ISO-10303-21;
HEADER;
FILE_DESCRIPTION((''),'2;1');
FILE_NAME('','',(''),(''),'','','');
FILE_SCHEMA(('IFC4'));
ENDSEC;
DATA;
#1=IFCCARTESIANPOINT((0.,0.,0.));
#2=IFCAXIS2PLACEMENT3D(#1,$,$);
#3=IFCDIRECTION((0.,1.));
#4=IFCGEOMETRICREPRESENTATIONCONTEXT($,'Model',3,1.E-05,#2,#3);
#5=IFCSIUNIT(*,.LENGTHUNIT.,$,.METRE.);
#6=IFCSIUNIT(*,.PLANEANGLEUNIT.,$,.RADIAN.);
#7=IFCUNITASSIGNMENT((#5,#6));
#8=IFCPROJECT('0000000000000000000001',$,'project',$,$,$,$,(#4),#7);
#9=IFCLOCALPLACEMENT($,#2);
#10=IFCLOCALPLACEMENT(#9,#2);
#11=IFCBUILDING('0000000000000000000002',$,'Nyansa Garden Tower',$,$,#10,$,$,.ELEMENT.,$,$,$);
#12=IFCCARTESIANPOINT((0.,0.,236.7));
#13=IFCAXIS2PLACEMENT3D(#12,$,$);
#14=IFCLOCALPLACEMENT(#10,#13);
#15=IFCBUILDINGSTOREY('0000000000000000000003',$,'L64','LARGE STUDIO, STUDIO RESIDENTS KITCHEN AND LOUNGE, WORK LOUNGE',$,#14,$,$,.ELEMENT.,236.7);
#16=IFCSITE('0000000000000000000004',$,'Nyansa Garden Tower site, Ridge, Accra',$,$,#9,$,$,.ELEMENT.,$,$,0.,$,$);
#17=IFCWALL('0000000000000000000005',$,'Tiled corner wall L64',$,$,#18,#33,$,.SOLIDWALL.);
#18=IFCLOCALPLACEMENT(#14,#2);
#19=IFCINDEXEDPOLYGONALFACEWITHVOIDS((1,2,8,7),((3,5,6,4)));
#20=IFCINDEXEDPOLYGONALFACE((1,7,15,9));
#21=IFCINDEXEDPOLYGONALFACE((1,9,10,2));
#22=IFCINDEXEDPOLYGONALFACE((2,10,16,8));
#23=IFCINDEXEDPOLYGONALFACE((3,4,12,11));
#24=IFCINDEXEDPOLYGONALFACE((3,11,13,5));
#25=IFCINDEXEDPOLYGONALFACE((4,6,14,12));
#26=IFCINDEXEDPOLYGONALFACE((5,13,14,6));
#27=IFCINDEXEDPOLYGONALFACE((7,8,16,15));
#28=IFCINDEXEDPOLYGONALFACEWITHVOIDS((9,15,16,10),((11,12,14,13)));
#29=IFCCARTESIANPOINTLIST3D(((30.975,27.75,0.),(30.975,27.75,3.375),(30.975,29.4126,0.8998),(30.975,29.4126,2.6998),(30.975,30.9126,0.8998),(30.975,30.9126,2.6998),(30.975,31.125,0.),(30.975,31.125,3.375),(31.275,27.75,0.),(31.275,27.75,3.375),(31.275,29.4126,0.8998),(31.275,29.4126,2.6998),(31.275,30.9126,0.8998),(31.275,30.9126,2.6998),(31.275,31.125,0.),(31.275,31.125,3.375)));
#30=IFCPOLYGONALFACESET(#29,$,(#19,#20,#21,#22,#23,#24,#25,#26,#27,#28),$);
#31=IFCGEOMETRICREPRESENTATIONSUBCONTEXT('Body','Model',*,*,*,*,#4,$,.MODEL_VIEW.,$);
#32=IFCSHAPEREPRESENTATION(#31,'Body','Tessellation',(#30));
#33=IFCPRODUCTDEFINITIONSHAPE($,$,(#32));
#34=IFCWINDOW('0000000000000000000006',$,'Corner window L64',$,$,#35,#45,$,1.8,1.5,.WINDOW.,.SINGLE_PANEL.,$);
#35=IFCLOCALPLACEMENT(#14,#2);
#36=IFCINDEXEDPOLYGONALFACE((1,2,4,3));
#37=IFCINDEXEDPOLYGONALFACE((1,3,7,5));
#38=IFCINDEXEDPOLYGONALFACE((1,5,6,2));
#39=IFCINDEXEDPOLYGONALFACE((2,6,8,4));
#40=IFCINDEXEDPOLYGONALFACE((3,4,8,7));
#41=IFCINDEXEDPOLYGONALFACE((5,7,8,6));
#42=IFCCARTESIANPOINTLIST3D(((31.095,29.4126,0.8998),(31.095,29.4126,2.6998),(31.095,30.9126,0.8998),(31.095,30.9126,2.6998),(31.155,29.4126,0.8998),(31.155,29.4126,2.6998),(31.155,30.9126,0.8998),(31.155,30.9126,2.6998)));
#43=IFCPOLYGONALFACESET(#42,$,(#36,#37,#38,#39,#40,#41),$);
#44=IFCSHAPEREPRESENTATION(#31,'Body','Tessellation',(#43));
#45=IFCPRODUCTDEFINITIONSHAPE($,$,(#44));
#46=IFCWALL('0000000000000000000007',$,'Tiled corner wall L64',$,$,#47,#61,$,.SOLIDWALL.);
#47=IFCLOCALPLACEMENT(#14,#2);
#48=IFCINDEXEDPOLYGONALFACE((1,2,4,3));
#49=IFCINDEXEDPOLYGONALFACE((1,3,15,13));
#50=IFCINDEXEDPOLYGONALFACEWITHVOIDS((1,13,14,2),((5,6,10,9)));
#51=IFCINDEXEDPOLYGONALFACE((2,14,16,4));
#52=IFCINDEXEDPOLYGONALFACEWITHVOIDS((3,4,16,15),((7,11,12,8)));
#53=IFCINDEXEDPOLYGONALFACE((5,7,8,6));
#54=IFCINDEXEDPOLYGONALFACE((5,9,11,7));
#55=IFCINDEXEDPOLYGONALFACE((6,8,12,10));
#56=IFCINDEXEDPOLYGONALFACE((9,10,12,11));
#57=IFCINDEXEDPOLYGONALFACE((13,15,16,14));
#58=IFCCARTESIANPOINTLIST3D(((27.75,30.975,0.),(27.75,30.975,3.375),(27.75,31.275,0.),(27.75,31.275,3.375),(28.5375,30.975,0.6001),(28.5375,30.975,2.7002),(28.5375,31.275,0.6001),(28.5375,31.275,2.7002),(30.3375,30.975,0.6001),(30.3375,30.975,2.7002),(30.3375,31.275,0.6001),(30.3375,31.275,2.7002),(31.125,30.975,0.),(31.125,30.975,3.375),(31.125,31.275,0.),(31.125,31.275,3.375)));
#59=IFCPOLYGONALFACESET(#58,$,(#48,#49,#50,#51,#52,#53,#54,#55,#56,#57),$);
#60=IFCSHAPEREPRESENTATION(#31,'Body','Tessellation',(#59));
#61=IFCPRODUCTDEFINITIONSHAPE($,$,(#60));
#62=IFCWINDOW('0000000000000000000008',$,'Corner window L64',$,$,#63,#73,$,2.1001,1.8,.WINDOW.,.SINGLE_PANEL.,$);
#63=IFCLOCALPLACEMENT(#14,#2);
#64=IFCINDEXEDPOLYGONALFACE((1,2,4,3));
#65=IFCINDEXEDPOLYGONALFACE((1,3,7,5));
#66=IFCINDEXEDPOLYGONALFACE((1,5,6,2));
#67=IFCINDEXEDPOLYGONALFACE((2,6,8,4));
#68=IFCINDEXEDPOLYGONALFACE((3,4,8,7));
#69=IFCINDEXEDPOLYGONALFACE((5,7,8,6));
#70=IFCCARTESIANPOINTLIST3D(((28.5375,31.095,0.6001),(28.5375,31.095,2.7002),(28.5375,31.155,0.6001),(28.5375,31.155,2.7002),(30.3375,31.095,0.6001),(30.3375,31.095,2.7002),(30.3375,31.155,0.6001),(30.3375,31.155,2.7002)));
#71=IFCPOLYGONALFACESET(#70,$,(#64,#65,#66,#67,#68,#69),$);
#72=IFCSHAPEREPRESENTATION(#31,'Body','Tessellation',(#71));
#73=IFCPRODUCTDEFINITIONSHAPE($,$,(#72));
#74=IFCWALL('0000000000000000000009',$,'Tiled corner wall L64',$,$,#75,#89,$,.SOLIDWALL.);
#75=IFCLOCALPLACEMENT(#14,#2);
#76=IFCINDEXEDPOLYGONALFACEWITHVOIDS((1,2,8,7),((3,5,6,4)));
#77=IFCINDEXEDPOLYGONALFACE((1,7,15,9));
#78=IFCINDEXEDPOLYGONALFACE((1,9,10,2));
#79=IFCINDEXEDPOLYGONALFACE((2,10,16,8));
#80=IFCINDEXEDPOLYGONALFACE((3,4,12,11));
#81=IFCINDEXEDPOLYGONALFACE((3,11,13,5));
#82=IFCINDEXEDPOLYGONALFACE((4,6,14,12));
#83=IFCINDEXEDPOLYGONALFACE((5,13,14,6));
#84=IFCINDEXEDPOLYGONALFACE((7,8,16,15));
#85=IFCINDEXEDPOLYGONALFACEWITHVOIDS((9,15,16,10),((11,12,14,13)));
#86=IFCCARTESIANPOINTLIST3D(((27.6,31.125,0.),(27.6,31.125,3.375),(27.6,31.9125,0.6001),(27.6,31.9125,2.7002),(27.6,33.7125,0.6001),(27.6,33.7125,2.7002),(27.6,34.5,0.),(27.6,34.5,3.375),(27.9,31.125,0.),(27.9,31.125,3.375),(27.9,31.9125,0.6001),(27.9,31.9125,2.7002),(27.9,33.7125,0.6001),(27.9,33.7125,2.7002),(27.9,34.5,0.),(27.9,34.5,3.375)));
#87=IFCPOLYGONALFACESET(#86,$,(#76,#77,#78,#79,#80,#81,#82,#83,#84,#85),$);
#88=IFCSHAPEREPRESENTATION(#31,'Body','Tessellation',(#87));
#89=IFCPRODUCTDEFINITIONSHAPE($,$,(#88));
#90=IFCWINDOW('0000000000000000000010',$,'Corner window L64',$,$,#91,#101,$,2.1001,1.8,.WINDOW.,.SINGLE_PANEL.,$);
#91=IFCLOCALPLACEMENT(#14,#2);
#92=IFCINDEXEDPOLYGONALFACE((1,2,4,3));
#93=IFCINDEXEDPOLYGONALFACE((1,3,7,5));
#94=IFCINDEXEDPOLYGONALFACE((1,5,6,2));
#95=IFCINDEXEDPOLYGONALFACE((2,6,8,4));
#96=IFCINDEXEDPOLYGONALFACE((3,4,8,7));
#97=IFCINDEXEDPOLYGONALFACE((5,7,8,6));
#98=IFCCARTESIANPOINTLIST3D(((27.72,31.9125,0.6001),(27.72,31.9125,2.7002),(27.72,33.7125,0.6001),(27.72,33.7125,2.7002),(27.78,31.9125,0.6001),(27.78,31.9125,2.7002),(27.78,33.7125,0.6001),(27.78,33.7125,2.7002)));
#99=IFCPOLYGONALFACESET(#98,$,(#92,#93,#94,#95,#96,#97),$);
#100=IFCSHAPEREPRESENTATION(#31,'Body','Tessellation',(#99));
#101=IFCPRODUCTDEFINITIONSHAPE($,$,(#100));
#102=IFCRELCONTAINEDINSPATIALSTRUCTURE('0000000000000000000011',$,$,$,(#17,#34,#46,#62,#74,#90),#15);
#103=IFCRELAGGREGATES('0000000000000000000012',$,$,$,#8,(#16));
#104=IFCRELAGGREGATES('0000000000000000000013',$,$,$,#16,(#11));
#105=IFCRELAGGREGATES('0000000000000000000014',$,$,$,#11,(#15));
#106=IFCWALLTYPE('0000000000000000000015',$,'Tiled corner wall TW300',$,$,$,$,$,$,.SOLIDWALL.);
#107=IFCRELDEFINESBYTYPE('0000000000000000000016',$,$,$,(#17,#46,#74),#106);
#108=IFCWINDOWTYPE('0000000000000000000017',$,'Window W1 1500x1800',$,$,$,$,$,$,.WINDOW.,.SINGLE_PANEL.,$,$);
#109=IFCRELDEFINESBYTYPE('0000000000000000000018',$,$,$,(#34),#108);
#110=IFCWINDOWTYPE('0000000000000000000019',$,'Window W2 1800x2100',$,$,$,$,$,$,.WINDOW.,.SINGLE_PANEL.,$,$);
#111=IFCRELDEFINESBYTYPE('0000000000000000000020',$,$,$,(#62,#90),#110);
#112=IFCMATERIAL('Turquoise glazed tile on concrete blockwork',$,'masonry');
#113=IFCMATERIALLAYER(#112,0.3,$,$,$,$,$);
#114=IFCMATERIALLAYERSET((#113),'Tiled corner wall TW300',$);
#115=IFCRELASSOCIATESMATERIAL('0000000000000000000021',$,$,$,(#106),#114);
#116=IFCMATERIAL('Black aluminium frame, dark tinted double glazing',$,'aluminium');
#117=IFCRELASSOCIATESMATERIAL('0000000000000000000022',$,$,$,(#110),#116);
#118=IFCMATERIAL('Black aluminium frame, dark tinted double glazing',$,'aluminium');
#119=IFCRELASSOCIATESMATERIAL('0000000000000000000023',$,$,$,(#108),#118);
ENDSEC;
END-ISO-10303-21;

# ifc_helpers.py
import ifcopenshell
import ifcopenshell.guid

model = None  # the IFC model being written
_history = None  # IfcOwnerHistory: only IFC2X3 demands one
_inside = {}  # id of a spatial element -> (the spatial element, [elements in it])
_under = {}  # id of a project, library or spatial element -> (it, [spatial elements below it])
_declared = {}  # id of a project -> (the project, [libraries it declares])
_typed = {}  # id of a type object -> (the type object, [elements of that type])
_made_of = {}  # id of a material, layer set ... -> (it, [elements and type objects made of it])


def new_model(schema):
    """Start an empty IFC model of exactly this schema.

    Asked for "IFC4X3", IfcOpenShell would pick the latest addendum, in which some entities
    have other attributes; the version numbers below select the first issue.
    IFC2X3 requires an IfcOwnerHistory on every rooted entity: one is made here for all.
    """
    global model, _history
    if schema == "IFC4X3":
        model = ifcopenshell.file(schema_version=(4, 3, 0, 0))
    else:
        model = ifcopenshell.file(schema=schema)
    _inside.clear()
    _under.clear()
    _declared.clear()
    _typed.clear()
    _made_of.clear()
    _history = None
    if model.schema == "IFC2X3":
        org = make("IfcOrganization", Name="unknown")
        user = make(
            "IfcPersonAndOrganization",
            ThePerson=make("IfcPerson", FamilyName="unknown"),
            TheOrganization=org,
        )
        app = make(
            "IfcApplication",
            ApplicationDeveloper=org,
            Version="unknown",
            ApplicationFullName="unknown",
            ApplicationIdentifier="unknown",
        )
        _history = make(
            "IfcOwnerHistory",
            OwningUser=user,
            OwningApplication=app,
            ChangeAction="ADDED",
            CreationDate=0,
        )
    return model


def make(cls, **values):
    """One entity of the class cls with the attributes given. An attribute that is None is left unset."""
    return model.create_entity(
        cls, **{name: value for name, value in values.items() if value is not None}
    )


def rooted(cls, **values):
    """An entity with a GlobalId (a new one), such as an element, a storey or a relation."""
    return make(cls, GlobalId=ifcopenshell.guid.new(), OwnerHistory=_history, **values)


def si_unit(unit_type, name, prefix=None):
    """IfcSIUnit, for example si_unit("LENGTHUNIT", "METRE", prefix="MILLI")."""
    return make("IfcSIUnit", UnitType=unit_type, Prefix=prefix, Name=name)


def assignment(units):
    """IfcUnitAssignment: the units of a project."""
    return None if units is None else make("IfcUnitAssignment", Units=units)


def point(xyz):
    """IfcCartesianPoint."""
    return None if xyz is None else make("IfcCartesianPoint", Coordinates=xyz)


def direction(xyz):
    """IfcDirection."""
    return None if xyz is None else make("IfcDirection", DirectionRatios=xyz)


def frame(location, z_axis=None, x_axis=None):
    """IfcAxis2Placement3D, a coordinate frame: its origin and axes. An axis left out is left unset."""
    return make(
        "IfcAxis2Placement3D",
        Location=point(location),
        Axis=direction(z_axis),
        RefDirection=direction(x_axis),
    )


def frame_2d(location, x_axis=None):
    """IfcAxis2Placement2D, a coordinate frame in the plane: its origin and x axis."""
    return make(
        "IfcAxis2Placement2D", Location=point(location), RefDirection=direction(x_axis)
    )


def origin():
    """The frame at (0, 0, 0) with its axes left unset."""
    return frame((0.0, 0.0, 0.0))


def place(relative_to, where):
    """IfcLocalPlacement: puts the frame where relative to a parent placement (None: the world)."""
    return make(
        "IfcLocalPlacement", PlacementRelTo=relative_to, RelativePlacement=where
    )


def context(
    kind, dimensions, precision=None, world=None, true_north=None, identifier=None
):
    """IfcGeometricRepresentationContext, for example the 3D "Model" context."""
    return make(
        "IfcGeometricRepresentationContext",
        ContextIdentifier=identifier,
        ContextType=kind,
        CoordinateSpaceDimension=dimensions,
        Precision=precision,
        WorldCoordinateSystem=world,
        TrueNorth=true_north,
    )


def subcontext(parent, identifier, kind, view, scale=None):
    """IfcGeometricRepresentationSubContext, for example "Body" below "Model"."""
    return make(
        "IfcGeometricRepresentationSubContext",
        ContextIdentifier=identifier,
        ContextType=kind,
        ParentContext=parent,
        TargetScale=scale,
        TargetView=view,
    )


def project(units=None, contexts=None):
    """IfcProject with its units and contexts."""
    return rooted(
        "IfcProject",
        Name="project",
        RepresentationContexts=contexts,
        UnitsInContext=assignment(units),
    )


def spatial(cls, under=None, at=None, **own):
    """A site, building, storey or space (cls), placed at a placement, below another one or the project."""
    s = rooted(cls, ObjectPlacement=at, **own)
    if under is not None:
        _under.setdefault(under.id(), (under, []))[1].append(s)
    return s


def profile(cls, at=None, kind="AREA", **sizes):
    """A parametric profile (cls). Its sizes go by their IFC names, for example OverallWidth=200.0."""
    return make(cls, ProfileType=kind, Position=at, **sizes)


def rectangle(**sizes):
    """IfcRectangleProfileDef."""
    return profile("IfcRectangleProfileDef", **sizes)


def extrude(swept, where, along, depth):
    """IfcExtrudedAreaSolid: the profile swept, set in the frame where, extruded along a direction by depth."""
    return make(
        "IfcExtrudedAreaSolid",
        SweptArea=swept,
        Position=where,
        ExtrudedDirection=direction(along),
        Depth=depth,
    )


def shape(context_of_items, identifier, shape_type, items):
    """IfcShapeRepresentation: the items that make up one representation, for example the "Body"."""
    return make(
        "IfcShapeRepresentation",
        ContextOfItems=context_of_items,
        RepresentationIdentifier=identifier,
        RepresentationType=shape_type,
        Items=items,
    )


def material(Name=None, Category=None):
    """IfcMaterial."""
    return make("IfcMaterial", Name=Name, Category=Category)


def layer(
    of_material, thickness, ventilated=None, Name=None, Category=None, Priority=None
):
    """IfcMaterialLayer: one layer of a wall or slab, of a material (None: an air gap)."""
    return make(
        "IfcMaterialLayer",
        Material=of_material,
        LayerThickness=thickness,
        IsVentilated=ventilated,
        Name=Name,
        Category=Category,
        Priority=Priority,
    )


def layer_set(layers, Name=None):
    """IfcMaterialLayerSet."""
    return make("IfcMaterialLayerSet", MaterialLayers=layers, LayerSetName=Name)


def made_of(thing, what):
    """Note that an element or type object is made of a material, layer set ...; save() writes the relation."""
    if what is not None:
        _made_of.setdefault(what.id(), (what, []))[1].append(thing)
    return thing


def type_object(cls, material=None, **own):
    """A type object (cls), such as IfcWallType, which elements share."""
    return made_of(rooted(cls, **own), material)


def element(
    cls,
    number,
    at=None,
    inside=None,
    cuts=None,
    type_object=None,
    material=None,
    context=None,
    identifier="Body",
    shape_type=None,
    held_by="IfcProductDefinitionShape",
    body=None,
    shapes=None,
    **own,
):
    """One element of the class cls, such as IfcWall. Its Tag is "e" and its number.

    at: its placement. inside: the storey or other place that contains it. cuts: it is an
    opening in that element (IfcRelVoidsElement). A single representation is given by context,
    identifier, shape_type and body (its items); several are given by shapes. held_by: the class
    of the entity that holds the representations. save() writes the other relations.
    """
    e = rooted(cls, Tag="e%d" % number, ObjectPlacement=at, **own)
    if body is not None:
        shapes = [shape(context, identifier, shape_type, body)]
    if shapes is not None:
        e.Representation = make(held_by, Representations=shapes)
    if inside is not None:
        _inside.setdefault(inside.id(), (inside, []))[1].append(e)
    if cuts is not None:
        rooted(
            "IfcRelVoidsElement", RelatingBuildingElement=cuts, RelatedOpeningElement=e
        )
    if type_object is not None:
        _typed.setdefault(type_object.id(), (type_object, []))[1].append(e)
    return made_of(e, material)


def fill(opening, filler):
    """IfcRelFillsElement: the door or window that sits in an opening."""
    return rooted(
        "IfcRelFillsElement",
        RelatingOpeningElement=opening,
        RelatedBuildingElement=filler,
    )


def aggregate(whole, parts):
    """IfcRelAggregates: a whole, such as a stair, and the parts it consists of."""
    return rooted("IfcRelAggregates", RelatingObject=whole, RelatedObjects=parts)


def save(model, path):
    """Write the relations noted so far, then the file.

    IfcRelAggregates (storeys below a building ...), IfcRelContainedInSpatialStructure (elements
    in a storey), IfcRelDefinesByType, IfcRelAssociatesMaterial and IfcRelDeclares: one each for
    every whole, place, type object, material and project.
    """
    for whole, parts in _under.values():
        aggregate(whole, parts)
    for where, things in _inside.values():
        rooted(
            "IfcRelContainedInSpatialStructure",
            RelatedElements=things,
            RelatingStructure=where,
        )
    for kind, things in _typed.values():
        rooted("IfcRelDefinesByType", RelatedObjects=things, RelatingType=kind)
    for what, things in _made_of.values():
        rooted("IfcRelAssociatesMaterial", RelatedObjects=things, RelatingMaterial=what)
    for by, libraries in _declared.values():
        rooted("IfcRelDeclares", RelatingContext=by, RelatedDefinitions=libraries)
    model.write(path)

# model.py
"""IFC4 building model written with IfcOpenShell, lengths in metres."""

from ifc_helpers import new_model, si_unit, direction, frame, frame_2d, origin, place, context, subcontext, project, spatial, rectangle, extrude, material, layer, layer_set, type_object, element, fill, save


model = new_model("IFC4")

# Units and contexts
model_context = context("Model", 3, precision=1e-05, world=origin(), true_north=direction((0.0, 1.0)))
body_context = subcontext(model_context, "Body", "Model", "MODEL_VIEW")
ifc_project = project(units=[si_unit("LENGTHUNIT", "METRE"), si_unit("PLANEANGLEUNIT", "RADIAN")], contexts=[model_context])

# Site, building, storey
site_placement = place(None, origin())
site = spatial("IfcSite", under=ifc_project, at=site_placement, Name="Nyansa Garden Tower site, Ridge, Accra", CompositionType="ELEMENT", RefElevation=0.0)
building_placement = place(site_placement, origin())
building = spatial("IfcBuilding", under=site, at=building_placement, Name="Nyansa Garden Tower", CompositionType="ELEMENT")
storey_placement = place(building_placement, frame((0.0, 0.0, 236.7)))
storey = spatial("IfcBuildingStorey", under=building, at=storey_placement, Name="L64", Description="LARGE STUDIO, STUDIO RESIDENTS KITCHEN AND LOUNGE, WORK LOUNGE", CompositionType="ELEMENT", Elevation=236.7)

# Walls, openings, windows
ifc_material_1 = material(Name="Turquoise glazed tile on concrete blockwork", Category="masonry")
ifc_layer_1 = layer(ifc_material_1, 0.3)
ifc_layer_set_1 = layer_set([ifc_layer_1], Name="Tiled corner wall TW300")
wall_type_1 = type_object("IfcWallType", Name="Tiled corner wall TW300", PredefinedType="SOLIDWALL", material=ifc_layer_set_1)
ifc_material_2 = material(Name="Black aluminium frame, dark tinted double glazing", Category="aluminium")
window_type_1 = type_object("IfcWindowType", Name="Window W2 1800x2100", PartitioningType="SINGLE_PANEL", PredefinedType="WINDOW", material=ifc_material_2)
wall_1_placement = place(storey_placement, frame((31.125, 27.75, 0.0), z_axis=(0.0, 0.0, 1.0), x_axis=(0.0, 1.0, 0.0)))
wall_1 = element("IfcWall", 1, at=wall_1_placement, inside=storey, type_object=wall_type_1, Name="Tiled corner wall L64", PredefinedType="SOLIDWALL", context=body_context, shape_type="SweptSolid", body=[
    extrude(rectangle(XDim=3.375, YDim=0.3, at=frame_2d((1.6875, 0.0))), origin(), (0.0, 0.0, 1.0), 3.375),
])
opening_1_placement = place(wall_1_placement, frame((1.6626, 0.0, 0.8999)))
opening_1 = element("IfcOpeningElement", 2, at=opening_1_placement, cuts=wall_1, PredefinedType="OPENING", context=body_context, shape_type="SweptSolid", body=[
    extrude(rectangle(XDim=1.5, YDim=1.8, at=frame_2d((0.75, 0.8999))), frame((0.0, 0.1599, 0.0), z_axis=(0.0, -1.0, 0.0), x_axis=(1.0, 0.0, 0.0)), (0.0, 0.0, 1.0), 0.3201),
])
ifc_material_3 = material(Name="Black aluminium frame, dark tinted double glazing", Category="aluminium")
window_type_2 = type_object("IfcWindowType", Name="Window W1 1500x1800", PartitioningType="SINGLE_PANEL", PredefinedType="WINDOW", material=ifc_material_3)
window_1_placement = place(opening_1_placement, origin())
window_1 = element("IfcWindow", 3, at=window_1_placement, inside=storey, type_object=window_type_2, Name="Corner window L64", OverallHeight=1.8, OverallWidth=1.5, PartitioningType="SINGLE_PANEL", PredefinedType="WINDOW", context=body_context, shape_type="SweptSolid", body=[
    extrude(rectangle(XDim=1.5, YDim=1.8, at=frame_2d((0.75, 0.8999))), frame((0.0, 0.03, 0.0), z_axis=(0.0, -1.0, 0.0), x_axis=(1.0, 0.0, 0.0)), (0.0, 0.0, 1.0), 0.0601),
])
fill(opening_1, window_1)
wall_2_placement = place(storey_placement, frame((31.125, 31.125, 0.0), z_axis=(0.0, 0.0, 1.0), x_axis=(-1.0, 0.0, 0.0)))
wall_2 = element("IfcWall", 4, at=wall_2_placement, inside=storey, type_object=wall_type_1, Name="Tiled corner wall L64", PredefinedType="SOLIDWALL", context=body_context, shape_type="SweptSolid", body=[
    extrude(rectangle(XDim=3.375, YDim=0.3, at=frame_2d((1.6875, 0.0))), origin(), (0.0, 0.0, 1.0), 3.375),
])
opening_2_placement = place(wall_2_placement, frame((0.7876, 0.0, 0.6001)))
opening_2 = element("IfcOpeningElement", 5, at=opening_2_placement, cuts=wall_2, PredefinedType="OPENING", context=body_context, shape_type="SweptSolid", body=[
    extrude(rectangle(XDim=1.8, YDim=2.1001, at=frame_2d((0.8999, 1.05))), frame((0.0, 0.1599, 0.0), z_axis=(0.0, -1.0, 0.0), x_axis=(1.0, 0.0, 0.0)), (0.0, 0.0, 1.0), 0.3201),
])
window_2_placement = place(opening_2_placement, origin())
window_2 = element("IfcWindow", 6, at=window_2_placement, inside=storey, type_object=window_type_1, Name="Corner window L64", OverallHeight=2.1001, OverallWidth=1.8, PartitioningType="SINGLE_PANEL", PredefinedType="WINDOW", context=body_context, shape_type="SweptSolid", body=[
    extrude(rectangle(XDim=1.8, YDim=2.1001, at=frame_2d((0.8999, 1.05))), frame((0.0, 0.03, 0.0), z_axis=(0.0, -1.0, 0.0), x_axis=(1.0, 0.0, 0.0)), (0.0, 0.0, 1.0), 0.0601),
])
fill(opening_2, window_2)
wall_3_placement = place(storey_placement, frame((27.75, 31.125, 0.0), z_axis=(0.0, 0.0, 1.0), x_axis=(0.0, 1.0, 0.0)))
wall_3 = element("IfcWall", 7, at=wall_3_placement, inside=storey, type_object=wall_type_1, Name="Tiled corner wall L64", PredefinedType="SOLIDWALL", context=body_context, shape_type="SweptSolid", body=[
    extrude(rectangle(XDim=3.375, YDim=0.3, at=frame_2d((1.6875, 0.0))), origin(), (0.0, 0.0, 1.0), 3.375),
])
opening_3_placement = place(wall_3_placement, frame((0.7876, 0.0, 0.6001)))
opening_3 = element("IfcOpeningElement", 8, at=opening_3_placement, cuts=wall_3, PredefinedType="OPENING", context=body_context, shape_type="SweptSolid", body=[
    extrude(rectangle(XDim=1.8, YDim=2.1001, at=frame_2d((0.8999, 1.05))), frame((0.0, 0.1599, 0.0), z_axis=(0.0, -1.0, 0.0), x_axis=(1.0, 0.0, 0.0)), (0.0, 0.0, 1.0), 0.3201),
])
window_3_placement = place(opening_3_placement, origin())
window_3 = element("IfcWindow", 9, at=window_3_placement, inside=storey, type_object=window_type_1, Name="Corner window L64", OverallHeight=2.1001, OverallWidth=1.8, PartitioningType="SINGLE_PANEL", PredefinedType="WINDOW", context=body_context, shape_type="SweptSolid", body=[
    extrude(rectangle(XDim=1.8, YDim=2.1001, at=frame_2d((0.8999, 1.05))), frame((0.0, 0.03, 0.0), z_axis=(0.0, -1.0, 0.0), x_axis=(1.0, 0.0, 0.0)), (0.0, 0.0, 1.0), 0.0601),
])
fill(opening_3, window_3)

save(model, "model.ifc")
